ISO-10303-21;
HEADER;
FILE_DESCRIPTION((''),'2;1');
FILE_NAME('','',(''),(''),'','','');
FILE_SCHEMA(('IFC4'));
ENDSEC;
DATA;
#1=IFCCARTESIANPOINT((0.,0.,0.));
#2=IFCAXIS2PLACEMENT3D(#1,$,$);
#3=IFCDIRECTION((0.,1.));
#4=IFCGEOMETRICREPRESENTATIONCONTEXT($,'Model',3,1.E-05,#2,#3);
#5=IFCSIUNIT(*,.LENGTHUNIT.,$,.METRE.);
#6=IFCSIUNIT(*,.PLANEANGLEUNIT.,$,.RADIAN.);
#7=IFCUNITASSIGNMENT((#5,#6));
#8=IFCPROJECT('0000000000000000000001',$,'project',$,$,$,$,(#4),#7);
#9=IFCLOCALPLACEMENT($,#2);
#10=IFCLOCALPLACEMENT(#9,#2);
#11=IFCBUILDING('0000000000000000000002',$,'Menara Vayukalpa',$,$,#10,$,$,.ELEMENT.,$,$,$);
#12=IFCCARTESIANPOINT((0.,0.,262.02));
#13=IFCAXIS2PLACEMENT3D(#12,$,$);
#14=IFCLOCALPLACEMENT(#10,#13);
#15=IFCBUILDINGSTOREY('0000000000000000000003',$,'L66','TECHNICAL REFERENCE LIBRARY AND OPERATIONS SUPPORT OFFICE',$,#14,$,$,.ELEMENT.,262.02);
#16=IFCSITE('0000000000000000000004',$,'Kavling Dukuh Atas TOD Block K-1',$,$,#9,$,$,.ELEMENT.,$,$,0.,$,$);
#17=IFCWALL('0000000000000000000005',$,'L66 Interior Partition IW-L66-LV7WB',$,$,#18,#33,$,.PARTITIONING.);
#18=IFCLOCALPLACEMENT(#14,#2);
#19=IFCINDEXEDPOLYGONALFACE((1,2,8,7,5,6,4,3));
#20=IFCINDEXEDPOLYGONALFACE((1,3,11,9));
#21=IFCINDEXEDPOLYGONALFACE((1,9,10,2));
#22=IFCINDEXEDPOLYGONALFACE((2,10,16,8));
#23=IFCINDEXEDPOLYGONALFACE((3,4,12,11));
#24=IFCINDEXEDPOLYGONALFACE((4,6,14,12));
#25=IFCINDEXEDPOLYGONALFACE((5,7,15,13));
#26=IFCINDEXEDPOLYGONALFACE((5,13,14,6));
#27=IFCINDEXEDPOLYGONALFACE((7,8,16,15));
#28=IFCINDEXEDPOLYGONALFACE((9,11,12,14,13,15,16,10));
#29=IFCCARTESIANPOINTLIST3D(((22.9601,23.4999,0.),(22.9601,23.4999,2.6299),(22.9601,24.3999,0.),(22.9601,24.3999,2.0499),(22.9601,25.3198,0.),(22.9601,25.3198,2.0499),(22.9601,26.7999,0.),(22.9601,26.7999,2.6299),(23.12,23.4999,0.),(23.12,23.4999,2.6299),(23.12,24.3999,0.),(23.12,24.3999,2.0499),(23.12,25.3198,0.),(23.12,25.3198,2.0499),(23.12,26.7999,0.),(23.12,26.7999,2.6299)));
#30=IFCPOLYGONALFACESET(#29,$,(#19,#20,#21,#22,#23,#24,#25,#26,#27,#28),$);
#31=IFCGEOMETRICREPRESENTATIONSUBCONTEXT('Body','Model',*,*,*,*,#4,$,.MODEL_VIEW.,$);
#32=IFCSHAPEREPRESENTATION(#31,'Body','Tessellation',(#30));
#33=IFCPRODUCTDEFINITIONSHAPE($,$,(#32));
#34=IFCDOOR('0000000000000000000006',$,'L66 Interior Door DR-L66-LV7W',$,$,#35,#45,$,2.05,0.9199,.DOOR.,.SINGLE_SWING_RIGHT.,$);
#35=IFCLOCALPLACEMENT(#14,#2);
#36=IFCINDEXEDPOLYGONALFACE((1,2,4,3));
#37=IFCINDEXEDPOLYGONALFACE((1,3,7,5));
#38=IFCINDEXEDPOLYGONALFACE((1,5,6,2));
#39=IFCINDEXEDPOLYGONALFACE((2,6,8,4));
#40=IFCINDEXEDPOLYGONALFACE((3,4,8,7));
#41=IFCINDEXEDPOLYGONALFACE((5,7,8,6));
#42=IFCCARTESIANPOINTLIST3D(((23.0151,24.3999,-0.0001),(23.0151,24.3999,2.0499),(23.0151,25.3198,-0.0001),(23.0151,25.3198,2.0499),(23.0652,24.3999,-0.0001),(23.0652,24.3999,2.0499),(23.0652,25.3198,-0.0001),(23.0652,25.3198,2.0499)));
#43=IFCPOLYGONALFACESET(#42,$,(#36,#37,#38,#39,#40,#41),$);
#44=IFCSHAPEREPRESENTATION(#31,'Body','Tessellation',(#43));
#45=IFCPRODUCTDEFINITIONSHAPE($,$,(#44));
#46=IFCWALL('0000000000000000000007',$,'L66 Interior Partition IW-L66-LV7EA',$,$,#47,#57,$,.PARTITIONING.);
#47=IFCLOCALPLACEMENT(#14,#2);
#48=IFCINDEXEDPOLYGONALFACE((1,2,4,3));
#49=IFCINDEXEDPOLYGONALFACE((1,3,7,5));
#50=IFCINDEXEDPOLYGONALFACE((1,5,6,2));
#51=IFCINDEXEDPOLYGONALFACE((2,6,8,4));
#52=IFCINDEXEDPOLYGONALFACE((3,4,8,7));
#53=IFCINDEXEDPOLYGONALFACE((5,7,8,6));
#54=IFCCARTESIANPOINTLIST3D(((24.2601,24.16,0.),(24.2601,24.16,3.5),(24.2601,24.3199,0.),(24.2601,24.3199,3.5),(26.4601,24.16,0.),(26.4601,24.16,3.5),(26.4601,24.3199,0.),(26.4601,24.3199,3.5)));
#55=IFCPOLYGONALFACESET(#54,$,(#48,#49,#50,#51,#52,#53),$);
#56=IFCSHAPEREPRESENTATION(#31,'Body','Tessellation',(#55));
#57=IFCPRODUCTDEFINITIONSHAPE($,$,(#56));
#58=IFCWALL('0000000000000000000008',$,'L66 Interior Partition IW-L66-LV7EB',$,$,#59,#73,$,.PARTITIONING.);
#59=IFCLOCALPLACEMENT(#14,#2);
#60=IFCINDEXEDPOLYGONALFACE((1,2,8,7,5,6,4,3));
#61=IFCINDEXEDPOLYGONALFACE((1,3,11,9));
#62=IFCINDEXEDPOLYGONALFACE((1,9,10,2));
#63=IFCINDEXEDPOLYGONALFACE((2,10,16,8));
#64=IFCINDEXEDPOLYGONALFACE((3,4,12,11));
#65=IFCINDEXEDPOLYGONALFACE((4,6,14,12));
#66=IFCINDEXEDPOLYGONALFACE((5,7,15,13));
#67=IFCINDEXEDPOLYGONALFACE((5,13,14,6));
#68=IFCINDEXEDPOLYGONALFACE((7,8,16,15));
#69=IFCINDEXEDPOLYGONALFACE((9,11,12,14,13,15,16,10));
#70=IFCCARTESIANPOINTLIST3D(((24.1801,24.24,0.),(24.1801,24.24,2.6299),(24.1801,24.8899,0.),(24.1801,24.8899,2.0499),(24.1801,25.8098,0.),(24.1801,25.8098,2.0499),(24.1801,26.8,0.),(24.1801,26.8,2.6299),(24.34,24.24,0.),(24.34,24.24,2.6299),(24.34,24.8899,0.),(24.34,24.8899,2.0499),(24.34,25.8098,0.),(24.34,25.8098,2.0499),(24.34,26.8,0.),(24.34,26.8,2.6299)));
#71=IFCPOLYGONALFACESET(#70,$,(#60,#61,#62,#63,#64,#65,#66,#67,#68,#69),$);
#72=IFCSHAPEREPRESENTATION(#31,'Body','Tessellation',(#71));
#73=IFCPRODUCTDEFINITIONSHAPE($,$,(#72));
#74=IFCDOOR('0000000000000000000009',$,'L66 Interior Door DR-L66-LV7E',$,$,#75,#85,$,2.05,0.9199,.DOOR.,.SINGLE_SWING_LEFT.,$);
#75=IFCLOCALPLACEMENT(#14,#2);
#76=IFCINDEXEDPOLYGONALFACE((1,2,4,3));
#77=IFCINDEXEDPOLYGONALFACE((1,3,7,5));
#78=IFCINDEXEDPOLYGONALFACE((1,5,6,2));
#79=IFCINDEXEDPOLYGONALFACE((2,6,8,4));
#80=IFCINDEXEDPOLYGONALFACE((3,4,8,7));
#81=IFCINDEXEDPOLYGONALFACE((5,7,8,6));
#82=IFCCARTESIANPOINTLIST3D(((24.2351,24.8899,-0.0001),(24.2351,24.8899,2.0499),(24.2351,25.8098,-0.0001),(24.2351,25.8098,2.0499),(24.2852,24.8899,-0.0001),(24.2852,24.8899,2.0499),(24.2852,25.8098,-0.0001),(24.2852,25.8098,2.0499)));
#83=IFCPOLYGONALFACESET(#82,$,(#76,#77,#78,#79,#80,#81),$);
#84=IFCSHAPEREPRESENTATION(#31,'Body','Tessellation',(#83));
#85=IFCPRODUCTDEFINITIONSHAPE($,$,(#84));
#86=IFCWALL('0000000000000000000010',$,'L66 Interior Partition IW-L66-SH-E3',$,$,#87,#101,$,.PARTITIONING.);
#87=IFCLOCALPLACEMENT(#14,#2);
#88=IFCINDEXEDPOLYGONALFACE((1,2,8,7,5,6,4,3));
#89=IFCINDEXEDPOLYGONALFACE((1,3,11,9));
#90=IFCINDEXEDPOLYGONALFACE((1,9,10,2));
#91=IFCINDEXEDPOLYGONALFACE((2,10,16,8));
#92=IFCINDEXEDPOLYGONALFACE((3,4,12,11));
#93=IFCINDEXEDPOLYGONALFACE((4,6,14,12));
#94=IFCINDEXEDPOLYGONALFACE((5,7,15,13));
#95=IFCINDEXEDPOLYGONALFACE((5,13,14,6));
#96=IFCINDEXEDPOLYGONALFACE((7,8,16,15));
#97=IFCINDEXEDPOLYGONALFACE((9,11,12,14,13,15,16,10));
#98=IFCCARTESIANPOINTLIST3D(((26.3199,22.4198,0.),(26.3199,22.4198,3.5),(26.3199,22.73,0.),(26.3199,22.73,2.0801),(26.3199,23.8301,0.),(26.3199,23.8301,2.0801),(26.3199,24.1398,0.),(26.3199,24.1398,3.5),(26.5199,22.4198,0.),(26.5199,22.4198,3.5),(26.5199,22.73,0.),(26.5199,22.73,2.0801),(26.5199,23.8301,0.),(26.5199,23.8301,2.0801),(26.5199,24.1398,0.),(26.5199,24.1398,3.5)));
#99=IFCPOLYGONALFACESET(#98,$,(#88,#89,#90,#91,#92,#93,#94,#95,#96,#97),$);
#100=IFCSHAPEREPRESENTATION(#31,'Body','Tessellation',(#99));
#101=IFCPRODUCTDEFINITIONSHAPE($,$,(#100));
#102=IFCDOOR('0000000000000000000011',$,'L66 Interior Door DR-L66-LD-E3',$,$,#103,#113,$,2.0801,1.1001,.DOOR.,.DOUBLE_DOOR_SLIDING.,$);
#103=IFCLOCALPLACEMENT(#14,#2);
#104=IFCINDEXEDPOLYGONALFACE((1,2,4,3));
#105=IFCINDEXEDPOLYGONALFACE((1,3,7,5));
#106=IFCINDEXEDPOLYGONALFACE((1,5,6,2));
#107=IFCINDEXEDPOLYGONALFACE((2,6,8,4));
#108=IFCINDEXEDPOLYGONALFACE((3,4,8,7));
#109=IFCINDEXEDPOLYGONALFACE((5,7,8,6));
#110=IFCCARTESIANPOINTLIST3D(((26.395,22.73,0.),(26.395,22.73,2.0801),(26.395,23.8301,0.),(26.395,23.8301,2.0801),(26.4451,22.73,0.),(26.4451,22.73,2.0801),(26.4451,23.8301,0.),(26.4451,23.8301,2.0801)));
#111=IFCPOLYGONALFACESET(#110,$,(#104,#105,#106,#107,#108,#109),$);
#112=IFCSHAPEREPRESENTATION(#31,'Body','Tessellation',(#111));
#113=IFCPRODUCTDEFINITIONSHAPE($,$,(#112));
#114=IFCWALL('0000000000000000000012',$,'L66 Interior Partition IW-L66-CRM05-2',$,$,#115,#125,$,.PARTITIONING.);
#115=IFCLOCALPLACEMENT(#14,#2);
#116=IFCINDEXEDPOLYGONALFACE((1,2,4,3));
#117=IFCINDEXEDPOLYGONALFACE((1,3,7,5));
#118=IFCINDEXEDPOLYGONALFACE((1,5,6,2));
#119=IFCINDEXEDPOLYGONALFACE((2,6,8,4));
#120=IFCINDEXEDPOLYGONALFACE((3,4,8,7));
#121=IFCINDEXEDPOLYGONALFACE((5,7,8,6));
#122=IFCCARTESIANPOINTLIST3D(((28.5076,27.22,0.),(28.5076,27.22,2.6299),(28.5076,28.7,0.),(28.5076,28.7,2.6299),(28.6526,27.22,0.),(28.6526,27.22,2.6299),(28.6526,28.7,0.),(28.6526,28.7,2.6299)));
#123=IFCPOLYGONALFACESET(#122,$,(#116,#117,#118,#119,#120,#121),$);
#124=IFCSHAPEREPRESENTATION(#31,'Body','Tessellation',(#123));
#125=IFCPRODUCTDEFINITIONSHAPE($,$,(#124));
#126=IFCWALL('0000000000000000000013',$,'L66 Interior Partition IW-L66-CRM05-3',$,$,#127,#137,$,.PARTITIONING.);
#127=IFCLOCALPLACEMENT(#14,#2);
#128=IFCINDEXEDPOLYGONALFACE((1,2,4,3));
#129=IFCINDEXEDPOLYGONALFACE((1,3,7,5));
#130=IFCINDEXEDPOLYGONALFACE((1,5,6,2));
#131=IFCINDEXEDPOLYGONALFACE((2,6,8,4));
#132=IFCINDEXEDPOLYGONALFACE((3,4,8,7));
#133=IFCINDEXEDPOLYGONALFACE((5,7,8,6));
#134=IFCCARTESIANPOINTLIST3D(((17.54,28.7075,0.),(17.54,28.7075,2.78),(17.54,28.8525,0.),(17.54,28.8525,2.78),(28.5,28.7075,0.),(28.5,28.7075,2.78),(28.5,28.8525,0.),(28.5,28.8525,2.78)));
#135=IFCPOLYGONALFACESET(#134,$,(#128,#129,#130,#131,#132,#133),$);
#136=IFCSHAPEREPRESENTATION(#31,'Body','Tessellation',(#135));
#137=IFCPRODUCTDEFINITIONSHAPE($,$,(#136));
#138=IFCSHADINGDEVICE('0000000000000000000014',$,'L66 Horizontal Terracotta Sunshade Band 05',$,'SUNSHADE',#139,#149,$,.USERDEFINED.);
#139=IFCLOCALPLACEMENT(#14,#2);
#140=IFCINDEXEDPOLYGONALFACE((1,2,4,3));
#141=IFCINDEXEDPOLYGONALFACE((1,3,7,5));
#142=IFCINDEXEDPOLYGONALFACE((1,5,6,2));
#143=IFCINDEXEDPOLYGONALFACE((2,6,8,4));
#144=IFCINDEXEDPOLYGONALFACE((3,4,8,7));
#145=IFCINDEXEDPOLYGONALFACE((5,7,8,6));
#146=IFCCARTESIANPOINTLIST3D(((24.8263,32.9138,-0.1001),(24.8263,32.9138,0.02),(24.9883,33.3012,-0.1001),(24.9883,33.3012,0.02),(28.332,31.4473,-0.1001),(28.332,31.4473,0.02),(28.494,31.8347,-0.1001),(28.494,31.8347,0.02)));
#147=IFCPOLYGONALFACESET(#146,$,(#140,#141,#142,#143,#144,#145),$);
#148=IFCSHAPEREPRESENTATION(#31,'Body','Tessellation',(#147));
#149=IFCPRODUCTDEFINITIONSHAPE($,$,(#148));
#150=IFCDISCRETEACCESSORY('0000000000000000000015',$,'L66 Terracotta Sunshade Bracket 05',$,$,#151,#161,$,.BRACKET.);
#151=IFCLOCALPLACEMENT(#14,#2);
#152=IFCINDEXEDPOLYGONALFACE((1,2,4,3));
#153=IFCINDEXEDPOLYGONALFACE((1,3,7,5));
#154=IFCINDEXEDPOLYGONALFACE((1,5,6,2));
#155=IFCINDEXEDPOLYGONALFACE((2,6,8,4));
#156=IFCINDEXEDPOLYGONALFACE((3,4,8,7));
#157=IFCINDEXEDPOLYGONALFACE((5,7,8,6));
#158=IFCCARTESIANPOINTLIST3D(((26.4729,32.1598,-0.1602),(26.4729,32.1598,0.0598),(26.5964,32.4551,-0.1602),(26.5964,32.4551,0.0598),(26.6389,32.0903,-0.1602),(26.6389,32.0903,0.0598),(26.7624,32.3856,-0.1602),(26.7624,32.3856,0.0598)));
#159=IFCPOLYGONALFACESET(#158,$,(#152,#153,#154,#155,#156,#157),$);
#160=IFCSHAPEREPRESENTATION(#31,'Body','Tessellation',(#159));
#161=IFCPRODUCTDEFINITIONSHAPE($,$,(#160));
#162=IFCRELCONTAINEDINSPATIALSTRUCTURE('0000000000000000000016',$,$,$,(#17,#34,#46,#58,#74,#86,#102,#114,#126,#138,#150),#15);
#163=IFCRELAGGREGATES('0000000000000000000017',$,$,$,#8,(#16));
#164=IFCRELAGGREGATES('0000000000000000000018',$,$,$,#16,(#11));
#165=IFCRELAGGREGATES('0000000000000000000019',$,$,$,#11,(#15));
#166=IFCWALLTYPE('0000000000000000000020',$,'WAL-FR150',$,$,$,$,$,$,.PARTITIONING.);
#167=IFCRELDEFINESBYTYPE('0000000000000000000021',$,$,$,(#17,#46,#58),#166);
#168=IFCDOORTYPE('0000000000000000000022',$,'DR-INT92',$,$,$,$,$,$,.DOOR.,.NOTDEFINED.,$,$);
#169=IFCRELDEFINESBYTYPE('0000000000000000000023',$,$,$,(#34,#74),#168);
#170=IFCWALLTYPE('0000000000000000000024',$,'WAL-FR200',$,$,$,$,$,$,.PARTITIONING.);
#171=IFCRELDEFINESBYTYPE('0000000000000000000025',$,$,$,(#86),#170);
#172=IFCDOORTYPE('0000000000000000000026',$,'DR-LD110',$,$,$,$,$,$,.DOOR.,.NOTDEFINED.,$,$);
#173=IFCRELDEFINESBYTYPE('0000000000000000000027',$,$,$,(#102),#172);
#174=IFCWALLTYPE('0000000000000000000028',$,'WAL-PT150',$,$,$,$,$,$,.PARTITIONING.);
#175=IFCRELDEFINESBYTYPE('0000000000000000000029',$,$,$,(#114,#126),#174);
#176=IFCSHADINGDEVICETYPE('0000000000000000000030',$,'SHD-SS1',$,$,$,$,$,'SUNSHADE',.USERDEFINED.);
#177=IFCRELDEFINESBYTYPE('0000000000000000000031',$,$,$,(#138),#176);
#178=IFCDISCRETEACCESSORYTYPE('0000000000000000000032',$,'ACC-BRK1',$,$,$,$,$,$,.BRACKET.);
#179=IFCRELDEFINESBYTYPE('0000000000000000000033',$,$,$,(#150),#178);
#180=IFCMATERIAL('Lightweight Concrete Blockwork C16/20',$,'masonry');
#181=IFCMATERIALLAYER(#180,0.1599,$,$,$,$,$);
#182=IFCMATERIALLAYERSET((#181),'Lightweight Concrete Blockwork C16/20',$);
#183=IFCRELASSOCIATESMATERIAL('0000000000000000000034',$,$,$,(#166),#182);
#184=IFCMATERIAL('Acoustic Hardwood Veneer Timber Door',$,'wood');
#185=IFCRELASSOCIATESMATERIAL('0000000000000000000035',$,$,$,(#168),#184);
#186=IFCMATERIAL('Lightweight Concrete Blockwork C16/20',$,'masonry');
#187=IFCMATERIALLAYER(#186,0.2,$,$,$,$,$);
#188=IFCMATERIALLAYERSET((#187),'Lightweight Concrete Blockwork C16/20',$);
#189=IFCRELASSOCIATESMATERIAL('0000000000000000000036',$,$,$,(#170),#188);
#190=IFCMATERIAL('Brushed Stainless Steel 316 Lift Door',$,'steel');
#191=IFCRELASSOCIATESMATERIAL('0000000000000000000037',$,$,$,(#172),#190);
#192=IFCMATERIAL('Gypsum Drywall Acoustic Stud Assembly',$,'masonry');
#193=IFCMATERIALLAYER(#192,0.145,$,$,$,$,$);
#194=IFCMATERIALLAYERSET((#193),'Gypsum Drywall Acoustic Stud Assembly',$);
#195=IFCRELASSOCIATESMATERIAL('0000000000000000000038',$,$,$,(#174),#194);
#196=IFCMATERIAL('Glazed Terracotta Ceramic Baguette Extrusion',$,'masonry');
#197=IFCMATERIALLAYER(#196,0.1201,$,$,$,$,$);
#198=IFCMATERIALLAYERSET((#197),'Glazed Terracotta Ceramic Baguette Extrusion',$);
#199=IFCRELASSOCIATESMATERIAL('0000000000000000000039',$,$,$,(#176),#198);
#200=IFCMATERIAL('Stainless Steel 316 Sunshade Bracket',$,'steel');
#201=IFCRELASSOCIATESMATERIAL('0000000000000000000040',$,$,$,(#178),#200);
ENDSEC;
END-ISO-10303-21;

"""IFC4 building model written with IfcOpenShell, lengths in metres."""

from ifc_helpers import new_model, si_unit, direction, frame, frame_2d, origin, origin_2d, place, context, subcontext, project, spatial, rectangle, extrude, material, layer, layer_set, type_object, element, fill, save


model = new_model("IFC4")

# Units and contexts
model_context = context("Model", 3, precision=1e-05, world=origin(), true_north=direction((0.0, 1.0)))
body_context = subcontext(model_context, "Body", "Model", "MODEL_VIEW")
ifc_project = project(units=[si_unit("LENGTHUNIT", "METRE"), si_unit("PLANEANGLEUNIT", "RADIAN")], contexts=[model_context])

# Site, building, storey
site_placement = place(None, origin())
site = spatial("IfcSite", under=ifc_project, at=site_placement, Name="Kavling Dukuh Atas TOD Block K-1", CompositionType="ELEMENT", RefElevation=0.0)
building_placement = place(site_placement, origin())
building = spatial("IfcBuilding", under=site, at=building_placement, Name="Menara Vayukalpa", CompositionType="ELEMENT")
storey_placement = place(building_placement, frame((0.0, 0.0, 262.02)))
storey = spatial("IfcBuildingStorey", under=building, at=storey_placement, Name="L66", Description="TECHNICAL REFERENCE LIBRARY AND OPERATIONS SUPPORT OFFICE", CompositionType="ELEMENT", Elevation=262.02)

# Shared definitions
ifc_material_1 = material(Name="Lightweight Concrete Blockwork C16/20", Category="masonry")
ifc_layer_1 = layer(ifc_material_1, 0.1599)
ifc_layer_set_1 = layer_set([ifc_layer_1], Name="Lightweight Concrete Blockwork C16/20")
wall_type_1 = type_object("IfcWallType", Name="WAL-FR150", PredefinedType="PARTITIONING", material=ifc_layer_set_1)

# Wall, opening, door
wall_1_placement = place(storey_placement, frame((23.04, 23.5, 0.0), z_axis=(0.0, 0.0, 1.0), x_axis=(0.0, 1.0, 0.0)))
wall_1 = element("IfcWall", 1, at=wall_1_placement, inside=storey, type_object=wall_type_1, Name="L66 Interior Partition IW-L66-LV7WB", PredefinedType="PARTITIONING", context=body_context, shape_type="SweptSolid", body=[
    extrude(rectangle(XDim=3.3, YDim=0.1599, at=frame_2d((1.6499, 0.0))), origin(), (0.0, 0.0, 1.0), 2.6299),
])
opening_1_placement = place(wall_1_placement, frame((0.8999, 0.0, 0.0)))
opening_1 = element("IfcOpeningElement", 2, at=opening_1_placement, cuts=wall_1, PredefinedType="OPENING", context=body_context, shape_type="SweptSolid", body=[
    extrude(rectangle(XDim=0.9199, YDim=2.05, at=frame_2d((0.46, 1.0249))), frame((0.0, 0.0898, 0.0), z_axis=(0.0, -1.0, 0.0), x_axis=(1.0, 0.0, 0.0)), (0.0, 0.0, 1.0), 0.1799),
])
ifc_material_2 = material(Name="Acoustic Hardwood Veneer Timber Door", Category="wood")
door_type_1 = type_object("IfcDoorType", Name="DR-INT92", OperationType="NOTDEFINED", PredefinedType="DOOR", material=ifc_material_2)
door_1_placement = place(opening_1_placement, origin())
door_1 = element("IfcDoor", 3, at=door_1_placement, inside=storey, type_object=door_type_1, Name="L66 Interior Door DR-L66-LV7W", OperationType="SINGLE_SWING_RIGHT", OverallHeight=2.05, OverallWidth=0.9199, PredefinedType="DOOR", context=body_context, shape_type="SweptSolid", body=[
    extrude(rectangle(XDim=0.9199, YDim=2.05, at=frame_2d((0.46, 1.0249))), frame((0.0, 0.0249, 0.0), z_axis=(0.0, -1.0, 0.0), x_axis=(1.0, 0.0, 0.0)), (0.0, 0.0, 1.0), 0.05),
])
fill(opening_1, door_1)

# Wall
wall_2_placement = place(storey_placement, frame((24.26, 24.24, 0.0), z_axis=(0.0, 0.0, 1.0), x_axis=(1.0, 0.0, 0.0)))
element("IfcWall", 4, at=wall_2_placement, inside=storey, type_object=wall_type_1, Name="L66 Interior Partition IW-L66-LV7EA", PredefinedType="PARTITIONING", context=body_context, shape_type="SweptSolid", body=[
    extrude(rectangle(XDim=2.2, YDim=0.1599, at=frame_2d((1.1001, 0.0))), origin(), (0.0, 0.0, 1.0), 3.5),
])

# Walls, openings, doors
wall_3_placement = place(storey_placement, frame((24.26, 24.24, 0.0), z_axis=(0.0, 0.0, 1.0), x_axis=(0.0, 1.0, 0.0)))
wall_3 = element("IfcWall", 5, at=wall_3_placement, inside=storey, type_object=wall_type_1, Name="L66 Interior Partition IW-L66-LV7EB", PredefinedType="PARTITIONING", context=body_context, shape_type="SweptSolid", body=[
    extrude(rectangle(XDim=2.5601, YDim=0.1599, at=frame_2d((1.28, 0.0))), origin(), (0.0, 0.0, 1.0), 2.6299),
])
opening_2_placement = place(wall_3_placement, frame((0.6499, 0.0, 0.0)))
opening_2 = element("IfcOpeningElement", 6, at=opening_2_placement, cuts=wall_3, PredefinedType="OPENING", context=body_context, shape_type="SweptSolid", body=[
    extrude(rectangle(XDim=0.9199, YDim=2.05, at=frame_2d((0.46, 1.0249))), frame((0.0, 0.0898, 0.0), z_axis=(0.0, -1.0, 0.0), x_axis=(1.0, 0.0, 0.0)), (0.0, 0.0, 1.0), 0.1799),
])
door_2_placement = place(opening_2_placement, origin())
door_2 = element("IfcDoor", 7, at=door_2_placement, inside=storey, type_object=door_type_1, Name="L66 Interior Door DR-L66-LV7E", OperationType="SINGLE_SWING_LEFT", OverallHeight=2.05, OverallWidth=0.9199, PredefinedType="DOOR", context=body_context, shape_type="SweptSolid", body=[
    extrude(rectangle(XDim=0.9199, YDim=2.05, at=frame_2d((0.46, 1.0249))), frame((0.0, 0.0249, 0.0), z_axis=(0.0, -1.0, 0.0), x_axis=(1.0, 0.0, 0.0)), (0.0, 0.0, 1.0), 0.05),
])
fill(opening_2, door_2)
ifc_material_3 = material(Name="Lightweight Concrete Blockwork C16/20", Category="masonry")
ifc_layer_2 = layer(ifc_material_3, 0.2)
ifc_layer_set_2 = layer_set([ifc_layer_2], Name="Lightweight Concrete Blockwork C16/20")
wall_type_2 = type_object("IfcWallType", Name="WAL-FR200", PredefinedType="PARTITIONING", material=ifc_layer_set_2)
wall_4_placement = place(storey_placement, frame((26.4199, 22.4199, 0.0), z_axis=(0.0, 0.0, 1.0), x_axis=(0.0, 1.0, 0.0)))
wall_4 = element("IfcWall", 8, at=wall_4_placement, inside=storey, type_object=wall_type_2, Name="L66 Interior Partition IW-L66-SH-E3", PredefinedType="PARTITIONING", context=body_context, shape_type="SweptSolid", body=[
    extrude(rectangle(XDim=1.72, YDim=0.2, at=frame_2d((0.8599, 0.0))), origin(), (0.0, 0.0, 1.0), 3.5),
])
opening_3_placement = place(wall_4_placement, frame((0.3101, 0.0, 0.0)))
opening_3 = element("IfcOpeningElement", 9, at=opening_3_placement, cuts=wall_4, PredefinedType="OPENING", context=body_context, shape_type="SweptSolid", body=[
    extrude(rectangle(XDim=1.1001, YDim=2.0801, at=frame_2d((0.55, 1.04))), frame((0.0, 0.1099, 0.0), z_axis=(0.0, -1.0, 0.0), x_axis=(1.0, 0.0, 0.0)), (0.0, 0.0, 1.0), 0.22),
])
ifc_material_4 = material(Name="Brushed Stainless Steel 316 Lift Door", Category="steel")
door_type_2 = type_object("IfcDoorType", Name="DR-LD110", OperationType="NOTDEFINED", PredefinedType="DOOR", material=ifc_material_4)
door_3_placement = place(opening_3_placement, origin())
door_3 = element("IfcDoor", 10, at=door_3_placement, inside=storey, type_object=door_type_2, Name="L66 Interior Door DR-L66-LD-E3", OperationType="DOUBLE_DOOR_SLIDING", OverallHeight=2.0801, OverallWidth=1.1001, PredefinedType="DOOR", context=body_context, shape_type="SweptSolid", body=[
    extrude(rectangle(XDim=1.1001, YDim=2.0801, at=frame_2d((0.55, 1.04))), frame((0.0, 0.0249, 0.0), z_axis=(0.0, -1.0, 0.0), x_axis=(1.0, 0.0, 0.0)), (0.0, 0.0, 1.0), 0.05),
])
fill(opening_3, door_3)

# Walls
ifc_material_5 = material(Name="Gypsum Drywall Acoustic Stud Assembly", Category="masonry")
ifc_layer_3 = layer(ifc_material_5, 0.145)
ifc_layer_set_3 = layer_set([ifc_layer_3], Name="Gypsum Drywall Acoustic Stud Assembly")
wall_type_3 = type_object("IfcWallType", Name="WAL-PT150", PredefinedType="PARTITIONING", material=ifc_layer_set_3)
wall_5_placement = place(storey_placement, frame((28.5801, 27.22, 0.0), z_axis=(0.0, 0.0, 1.0), x_axis=(0.0, 1.0, 0.0)))
element("IfcWall", 11, at=wall_5_placement, inside=storey, type_object=wall_type_3, Name="L66 Interior Partition IW-L66-CRM05-2", PredefinedType="PARTITIONING", context=body_context, shape_type="SweptSolid", body=[
    extrude(rectangle(XDim=1.48, YDim=0.145, at=frame_2d((0.74, 0.0))), origin(), (0.0, 0.0, 1.0), 2.6299),
])
wall_6_placement = place(storey_placement, frame((28.5, 28.78, 0.0), z_axis=(0.0, 0.0, 1.0), x_axis=(-1.0, 0.0, 0.0)))
element("IfcWall", 12, at=wall_6_placement, inside=storey, type_object=wall_type_3, Name="L66 Interior Partition IW-L66-CRM05-3", PredefinedType="PARTITIONING", context=body_context, shape_type="SweptSolid", body=[
    extrude(rectangle(XDim=10.96, YDim=0.145, at=frame_2d((5.48, 0.0))), origin(), (0.0, 0.0, 1.0), 2.78),
])

# Shading device
ifc_material_6 = material(Name="Glazed Terracotta Ceramic Baguette Extrusion", Category="masonry")
ifc_layer_4 = layer(ifc_material_6, 0.1201)
ifc_layer_set_4 = layer_set([ifc_layer_4], Name="Glazed Terracotta Ceramic Baguette Extrusion")
shading_device_type = type_object("IfcShadingDeviceType", Name="SHD-SS1", ElementType="SUNSHADE", PredefinedType="USERDEFINED", material=ifc_layer_set_4)
shading_device_placement = place(storey_placement, frame((26.6602, 32.3743, -0.1001), z_axis=(0.0, 0.0, 1.0), x_axis=(-0.922538, 0.385906, 0.0)))
element("IfcShadingDevice", 13, at=shading_device_placement, inside=storey, type_object=shading_device_type, Name="L66 Horizontal Terracotta Sunshade Band 05", ObjectType="SUNSHADE", PredefinedType="USERDEFINED", context=body_context, shape_type="SweptSolid", body=[
    extrude(rectangle(XDim=3.8, YDim=0.4199, at=origin_2d()), origin(), (0.0, 0.0, 1.0), 0.1201),
])

# Discrete accessory
ifc_material_7 = material(Name="Stainless Steel 316 Sunshade Bracket", Category="steel")
discrete_accessory_type = type_object("IfcDiscreteAccessoryType", Name="ACC-BRK1", PredefinedType="BRACKET", material=ifc_material_7)
discrete_accessory_placement = place(storey_placement, frame((26.6177, 32.2727, -0.1602), z_axis=(0.0, 0.0, 1.0), x_axis=(-0.922538, 0.385906, 0.0)))
element("IfcDiscreteAccessory", 14, at=discrete_accessory_placement, inside=storey, type_object=discrete_accessory_type, Name="L66 Terracotta Sunshade Bracket 05", PredefinedType="BRACKET", context=body_context, shape_type="SweptSolid", body=[
    extrude(rectangle(XDim=0.1799, YDim=0.3201, at=origin_2d()), origin(), (0.0, 0.0, 1.0), 0.22),
])

save(model, "model.ifc")
